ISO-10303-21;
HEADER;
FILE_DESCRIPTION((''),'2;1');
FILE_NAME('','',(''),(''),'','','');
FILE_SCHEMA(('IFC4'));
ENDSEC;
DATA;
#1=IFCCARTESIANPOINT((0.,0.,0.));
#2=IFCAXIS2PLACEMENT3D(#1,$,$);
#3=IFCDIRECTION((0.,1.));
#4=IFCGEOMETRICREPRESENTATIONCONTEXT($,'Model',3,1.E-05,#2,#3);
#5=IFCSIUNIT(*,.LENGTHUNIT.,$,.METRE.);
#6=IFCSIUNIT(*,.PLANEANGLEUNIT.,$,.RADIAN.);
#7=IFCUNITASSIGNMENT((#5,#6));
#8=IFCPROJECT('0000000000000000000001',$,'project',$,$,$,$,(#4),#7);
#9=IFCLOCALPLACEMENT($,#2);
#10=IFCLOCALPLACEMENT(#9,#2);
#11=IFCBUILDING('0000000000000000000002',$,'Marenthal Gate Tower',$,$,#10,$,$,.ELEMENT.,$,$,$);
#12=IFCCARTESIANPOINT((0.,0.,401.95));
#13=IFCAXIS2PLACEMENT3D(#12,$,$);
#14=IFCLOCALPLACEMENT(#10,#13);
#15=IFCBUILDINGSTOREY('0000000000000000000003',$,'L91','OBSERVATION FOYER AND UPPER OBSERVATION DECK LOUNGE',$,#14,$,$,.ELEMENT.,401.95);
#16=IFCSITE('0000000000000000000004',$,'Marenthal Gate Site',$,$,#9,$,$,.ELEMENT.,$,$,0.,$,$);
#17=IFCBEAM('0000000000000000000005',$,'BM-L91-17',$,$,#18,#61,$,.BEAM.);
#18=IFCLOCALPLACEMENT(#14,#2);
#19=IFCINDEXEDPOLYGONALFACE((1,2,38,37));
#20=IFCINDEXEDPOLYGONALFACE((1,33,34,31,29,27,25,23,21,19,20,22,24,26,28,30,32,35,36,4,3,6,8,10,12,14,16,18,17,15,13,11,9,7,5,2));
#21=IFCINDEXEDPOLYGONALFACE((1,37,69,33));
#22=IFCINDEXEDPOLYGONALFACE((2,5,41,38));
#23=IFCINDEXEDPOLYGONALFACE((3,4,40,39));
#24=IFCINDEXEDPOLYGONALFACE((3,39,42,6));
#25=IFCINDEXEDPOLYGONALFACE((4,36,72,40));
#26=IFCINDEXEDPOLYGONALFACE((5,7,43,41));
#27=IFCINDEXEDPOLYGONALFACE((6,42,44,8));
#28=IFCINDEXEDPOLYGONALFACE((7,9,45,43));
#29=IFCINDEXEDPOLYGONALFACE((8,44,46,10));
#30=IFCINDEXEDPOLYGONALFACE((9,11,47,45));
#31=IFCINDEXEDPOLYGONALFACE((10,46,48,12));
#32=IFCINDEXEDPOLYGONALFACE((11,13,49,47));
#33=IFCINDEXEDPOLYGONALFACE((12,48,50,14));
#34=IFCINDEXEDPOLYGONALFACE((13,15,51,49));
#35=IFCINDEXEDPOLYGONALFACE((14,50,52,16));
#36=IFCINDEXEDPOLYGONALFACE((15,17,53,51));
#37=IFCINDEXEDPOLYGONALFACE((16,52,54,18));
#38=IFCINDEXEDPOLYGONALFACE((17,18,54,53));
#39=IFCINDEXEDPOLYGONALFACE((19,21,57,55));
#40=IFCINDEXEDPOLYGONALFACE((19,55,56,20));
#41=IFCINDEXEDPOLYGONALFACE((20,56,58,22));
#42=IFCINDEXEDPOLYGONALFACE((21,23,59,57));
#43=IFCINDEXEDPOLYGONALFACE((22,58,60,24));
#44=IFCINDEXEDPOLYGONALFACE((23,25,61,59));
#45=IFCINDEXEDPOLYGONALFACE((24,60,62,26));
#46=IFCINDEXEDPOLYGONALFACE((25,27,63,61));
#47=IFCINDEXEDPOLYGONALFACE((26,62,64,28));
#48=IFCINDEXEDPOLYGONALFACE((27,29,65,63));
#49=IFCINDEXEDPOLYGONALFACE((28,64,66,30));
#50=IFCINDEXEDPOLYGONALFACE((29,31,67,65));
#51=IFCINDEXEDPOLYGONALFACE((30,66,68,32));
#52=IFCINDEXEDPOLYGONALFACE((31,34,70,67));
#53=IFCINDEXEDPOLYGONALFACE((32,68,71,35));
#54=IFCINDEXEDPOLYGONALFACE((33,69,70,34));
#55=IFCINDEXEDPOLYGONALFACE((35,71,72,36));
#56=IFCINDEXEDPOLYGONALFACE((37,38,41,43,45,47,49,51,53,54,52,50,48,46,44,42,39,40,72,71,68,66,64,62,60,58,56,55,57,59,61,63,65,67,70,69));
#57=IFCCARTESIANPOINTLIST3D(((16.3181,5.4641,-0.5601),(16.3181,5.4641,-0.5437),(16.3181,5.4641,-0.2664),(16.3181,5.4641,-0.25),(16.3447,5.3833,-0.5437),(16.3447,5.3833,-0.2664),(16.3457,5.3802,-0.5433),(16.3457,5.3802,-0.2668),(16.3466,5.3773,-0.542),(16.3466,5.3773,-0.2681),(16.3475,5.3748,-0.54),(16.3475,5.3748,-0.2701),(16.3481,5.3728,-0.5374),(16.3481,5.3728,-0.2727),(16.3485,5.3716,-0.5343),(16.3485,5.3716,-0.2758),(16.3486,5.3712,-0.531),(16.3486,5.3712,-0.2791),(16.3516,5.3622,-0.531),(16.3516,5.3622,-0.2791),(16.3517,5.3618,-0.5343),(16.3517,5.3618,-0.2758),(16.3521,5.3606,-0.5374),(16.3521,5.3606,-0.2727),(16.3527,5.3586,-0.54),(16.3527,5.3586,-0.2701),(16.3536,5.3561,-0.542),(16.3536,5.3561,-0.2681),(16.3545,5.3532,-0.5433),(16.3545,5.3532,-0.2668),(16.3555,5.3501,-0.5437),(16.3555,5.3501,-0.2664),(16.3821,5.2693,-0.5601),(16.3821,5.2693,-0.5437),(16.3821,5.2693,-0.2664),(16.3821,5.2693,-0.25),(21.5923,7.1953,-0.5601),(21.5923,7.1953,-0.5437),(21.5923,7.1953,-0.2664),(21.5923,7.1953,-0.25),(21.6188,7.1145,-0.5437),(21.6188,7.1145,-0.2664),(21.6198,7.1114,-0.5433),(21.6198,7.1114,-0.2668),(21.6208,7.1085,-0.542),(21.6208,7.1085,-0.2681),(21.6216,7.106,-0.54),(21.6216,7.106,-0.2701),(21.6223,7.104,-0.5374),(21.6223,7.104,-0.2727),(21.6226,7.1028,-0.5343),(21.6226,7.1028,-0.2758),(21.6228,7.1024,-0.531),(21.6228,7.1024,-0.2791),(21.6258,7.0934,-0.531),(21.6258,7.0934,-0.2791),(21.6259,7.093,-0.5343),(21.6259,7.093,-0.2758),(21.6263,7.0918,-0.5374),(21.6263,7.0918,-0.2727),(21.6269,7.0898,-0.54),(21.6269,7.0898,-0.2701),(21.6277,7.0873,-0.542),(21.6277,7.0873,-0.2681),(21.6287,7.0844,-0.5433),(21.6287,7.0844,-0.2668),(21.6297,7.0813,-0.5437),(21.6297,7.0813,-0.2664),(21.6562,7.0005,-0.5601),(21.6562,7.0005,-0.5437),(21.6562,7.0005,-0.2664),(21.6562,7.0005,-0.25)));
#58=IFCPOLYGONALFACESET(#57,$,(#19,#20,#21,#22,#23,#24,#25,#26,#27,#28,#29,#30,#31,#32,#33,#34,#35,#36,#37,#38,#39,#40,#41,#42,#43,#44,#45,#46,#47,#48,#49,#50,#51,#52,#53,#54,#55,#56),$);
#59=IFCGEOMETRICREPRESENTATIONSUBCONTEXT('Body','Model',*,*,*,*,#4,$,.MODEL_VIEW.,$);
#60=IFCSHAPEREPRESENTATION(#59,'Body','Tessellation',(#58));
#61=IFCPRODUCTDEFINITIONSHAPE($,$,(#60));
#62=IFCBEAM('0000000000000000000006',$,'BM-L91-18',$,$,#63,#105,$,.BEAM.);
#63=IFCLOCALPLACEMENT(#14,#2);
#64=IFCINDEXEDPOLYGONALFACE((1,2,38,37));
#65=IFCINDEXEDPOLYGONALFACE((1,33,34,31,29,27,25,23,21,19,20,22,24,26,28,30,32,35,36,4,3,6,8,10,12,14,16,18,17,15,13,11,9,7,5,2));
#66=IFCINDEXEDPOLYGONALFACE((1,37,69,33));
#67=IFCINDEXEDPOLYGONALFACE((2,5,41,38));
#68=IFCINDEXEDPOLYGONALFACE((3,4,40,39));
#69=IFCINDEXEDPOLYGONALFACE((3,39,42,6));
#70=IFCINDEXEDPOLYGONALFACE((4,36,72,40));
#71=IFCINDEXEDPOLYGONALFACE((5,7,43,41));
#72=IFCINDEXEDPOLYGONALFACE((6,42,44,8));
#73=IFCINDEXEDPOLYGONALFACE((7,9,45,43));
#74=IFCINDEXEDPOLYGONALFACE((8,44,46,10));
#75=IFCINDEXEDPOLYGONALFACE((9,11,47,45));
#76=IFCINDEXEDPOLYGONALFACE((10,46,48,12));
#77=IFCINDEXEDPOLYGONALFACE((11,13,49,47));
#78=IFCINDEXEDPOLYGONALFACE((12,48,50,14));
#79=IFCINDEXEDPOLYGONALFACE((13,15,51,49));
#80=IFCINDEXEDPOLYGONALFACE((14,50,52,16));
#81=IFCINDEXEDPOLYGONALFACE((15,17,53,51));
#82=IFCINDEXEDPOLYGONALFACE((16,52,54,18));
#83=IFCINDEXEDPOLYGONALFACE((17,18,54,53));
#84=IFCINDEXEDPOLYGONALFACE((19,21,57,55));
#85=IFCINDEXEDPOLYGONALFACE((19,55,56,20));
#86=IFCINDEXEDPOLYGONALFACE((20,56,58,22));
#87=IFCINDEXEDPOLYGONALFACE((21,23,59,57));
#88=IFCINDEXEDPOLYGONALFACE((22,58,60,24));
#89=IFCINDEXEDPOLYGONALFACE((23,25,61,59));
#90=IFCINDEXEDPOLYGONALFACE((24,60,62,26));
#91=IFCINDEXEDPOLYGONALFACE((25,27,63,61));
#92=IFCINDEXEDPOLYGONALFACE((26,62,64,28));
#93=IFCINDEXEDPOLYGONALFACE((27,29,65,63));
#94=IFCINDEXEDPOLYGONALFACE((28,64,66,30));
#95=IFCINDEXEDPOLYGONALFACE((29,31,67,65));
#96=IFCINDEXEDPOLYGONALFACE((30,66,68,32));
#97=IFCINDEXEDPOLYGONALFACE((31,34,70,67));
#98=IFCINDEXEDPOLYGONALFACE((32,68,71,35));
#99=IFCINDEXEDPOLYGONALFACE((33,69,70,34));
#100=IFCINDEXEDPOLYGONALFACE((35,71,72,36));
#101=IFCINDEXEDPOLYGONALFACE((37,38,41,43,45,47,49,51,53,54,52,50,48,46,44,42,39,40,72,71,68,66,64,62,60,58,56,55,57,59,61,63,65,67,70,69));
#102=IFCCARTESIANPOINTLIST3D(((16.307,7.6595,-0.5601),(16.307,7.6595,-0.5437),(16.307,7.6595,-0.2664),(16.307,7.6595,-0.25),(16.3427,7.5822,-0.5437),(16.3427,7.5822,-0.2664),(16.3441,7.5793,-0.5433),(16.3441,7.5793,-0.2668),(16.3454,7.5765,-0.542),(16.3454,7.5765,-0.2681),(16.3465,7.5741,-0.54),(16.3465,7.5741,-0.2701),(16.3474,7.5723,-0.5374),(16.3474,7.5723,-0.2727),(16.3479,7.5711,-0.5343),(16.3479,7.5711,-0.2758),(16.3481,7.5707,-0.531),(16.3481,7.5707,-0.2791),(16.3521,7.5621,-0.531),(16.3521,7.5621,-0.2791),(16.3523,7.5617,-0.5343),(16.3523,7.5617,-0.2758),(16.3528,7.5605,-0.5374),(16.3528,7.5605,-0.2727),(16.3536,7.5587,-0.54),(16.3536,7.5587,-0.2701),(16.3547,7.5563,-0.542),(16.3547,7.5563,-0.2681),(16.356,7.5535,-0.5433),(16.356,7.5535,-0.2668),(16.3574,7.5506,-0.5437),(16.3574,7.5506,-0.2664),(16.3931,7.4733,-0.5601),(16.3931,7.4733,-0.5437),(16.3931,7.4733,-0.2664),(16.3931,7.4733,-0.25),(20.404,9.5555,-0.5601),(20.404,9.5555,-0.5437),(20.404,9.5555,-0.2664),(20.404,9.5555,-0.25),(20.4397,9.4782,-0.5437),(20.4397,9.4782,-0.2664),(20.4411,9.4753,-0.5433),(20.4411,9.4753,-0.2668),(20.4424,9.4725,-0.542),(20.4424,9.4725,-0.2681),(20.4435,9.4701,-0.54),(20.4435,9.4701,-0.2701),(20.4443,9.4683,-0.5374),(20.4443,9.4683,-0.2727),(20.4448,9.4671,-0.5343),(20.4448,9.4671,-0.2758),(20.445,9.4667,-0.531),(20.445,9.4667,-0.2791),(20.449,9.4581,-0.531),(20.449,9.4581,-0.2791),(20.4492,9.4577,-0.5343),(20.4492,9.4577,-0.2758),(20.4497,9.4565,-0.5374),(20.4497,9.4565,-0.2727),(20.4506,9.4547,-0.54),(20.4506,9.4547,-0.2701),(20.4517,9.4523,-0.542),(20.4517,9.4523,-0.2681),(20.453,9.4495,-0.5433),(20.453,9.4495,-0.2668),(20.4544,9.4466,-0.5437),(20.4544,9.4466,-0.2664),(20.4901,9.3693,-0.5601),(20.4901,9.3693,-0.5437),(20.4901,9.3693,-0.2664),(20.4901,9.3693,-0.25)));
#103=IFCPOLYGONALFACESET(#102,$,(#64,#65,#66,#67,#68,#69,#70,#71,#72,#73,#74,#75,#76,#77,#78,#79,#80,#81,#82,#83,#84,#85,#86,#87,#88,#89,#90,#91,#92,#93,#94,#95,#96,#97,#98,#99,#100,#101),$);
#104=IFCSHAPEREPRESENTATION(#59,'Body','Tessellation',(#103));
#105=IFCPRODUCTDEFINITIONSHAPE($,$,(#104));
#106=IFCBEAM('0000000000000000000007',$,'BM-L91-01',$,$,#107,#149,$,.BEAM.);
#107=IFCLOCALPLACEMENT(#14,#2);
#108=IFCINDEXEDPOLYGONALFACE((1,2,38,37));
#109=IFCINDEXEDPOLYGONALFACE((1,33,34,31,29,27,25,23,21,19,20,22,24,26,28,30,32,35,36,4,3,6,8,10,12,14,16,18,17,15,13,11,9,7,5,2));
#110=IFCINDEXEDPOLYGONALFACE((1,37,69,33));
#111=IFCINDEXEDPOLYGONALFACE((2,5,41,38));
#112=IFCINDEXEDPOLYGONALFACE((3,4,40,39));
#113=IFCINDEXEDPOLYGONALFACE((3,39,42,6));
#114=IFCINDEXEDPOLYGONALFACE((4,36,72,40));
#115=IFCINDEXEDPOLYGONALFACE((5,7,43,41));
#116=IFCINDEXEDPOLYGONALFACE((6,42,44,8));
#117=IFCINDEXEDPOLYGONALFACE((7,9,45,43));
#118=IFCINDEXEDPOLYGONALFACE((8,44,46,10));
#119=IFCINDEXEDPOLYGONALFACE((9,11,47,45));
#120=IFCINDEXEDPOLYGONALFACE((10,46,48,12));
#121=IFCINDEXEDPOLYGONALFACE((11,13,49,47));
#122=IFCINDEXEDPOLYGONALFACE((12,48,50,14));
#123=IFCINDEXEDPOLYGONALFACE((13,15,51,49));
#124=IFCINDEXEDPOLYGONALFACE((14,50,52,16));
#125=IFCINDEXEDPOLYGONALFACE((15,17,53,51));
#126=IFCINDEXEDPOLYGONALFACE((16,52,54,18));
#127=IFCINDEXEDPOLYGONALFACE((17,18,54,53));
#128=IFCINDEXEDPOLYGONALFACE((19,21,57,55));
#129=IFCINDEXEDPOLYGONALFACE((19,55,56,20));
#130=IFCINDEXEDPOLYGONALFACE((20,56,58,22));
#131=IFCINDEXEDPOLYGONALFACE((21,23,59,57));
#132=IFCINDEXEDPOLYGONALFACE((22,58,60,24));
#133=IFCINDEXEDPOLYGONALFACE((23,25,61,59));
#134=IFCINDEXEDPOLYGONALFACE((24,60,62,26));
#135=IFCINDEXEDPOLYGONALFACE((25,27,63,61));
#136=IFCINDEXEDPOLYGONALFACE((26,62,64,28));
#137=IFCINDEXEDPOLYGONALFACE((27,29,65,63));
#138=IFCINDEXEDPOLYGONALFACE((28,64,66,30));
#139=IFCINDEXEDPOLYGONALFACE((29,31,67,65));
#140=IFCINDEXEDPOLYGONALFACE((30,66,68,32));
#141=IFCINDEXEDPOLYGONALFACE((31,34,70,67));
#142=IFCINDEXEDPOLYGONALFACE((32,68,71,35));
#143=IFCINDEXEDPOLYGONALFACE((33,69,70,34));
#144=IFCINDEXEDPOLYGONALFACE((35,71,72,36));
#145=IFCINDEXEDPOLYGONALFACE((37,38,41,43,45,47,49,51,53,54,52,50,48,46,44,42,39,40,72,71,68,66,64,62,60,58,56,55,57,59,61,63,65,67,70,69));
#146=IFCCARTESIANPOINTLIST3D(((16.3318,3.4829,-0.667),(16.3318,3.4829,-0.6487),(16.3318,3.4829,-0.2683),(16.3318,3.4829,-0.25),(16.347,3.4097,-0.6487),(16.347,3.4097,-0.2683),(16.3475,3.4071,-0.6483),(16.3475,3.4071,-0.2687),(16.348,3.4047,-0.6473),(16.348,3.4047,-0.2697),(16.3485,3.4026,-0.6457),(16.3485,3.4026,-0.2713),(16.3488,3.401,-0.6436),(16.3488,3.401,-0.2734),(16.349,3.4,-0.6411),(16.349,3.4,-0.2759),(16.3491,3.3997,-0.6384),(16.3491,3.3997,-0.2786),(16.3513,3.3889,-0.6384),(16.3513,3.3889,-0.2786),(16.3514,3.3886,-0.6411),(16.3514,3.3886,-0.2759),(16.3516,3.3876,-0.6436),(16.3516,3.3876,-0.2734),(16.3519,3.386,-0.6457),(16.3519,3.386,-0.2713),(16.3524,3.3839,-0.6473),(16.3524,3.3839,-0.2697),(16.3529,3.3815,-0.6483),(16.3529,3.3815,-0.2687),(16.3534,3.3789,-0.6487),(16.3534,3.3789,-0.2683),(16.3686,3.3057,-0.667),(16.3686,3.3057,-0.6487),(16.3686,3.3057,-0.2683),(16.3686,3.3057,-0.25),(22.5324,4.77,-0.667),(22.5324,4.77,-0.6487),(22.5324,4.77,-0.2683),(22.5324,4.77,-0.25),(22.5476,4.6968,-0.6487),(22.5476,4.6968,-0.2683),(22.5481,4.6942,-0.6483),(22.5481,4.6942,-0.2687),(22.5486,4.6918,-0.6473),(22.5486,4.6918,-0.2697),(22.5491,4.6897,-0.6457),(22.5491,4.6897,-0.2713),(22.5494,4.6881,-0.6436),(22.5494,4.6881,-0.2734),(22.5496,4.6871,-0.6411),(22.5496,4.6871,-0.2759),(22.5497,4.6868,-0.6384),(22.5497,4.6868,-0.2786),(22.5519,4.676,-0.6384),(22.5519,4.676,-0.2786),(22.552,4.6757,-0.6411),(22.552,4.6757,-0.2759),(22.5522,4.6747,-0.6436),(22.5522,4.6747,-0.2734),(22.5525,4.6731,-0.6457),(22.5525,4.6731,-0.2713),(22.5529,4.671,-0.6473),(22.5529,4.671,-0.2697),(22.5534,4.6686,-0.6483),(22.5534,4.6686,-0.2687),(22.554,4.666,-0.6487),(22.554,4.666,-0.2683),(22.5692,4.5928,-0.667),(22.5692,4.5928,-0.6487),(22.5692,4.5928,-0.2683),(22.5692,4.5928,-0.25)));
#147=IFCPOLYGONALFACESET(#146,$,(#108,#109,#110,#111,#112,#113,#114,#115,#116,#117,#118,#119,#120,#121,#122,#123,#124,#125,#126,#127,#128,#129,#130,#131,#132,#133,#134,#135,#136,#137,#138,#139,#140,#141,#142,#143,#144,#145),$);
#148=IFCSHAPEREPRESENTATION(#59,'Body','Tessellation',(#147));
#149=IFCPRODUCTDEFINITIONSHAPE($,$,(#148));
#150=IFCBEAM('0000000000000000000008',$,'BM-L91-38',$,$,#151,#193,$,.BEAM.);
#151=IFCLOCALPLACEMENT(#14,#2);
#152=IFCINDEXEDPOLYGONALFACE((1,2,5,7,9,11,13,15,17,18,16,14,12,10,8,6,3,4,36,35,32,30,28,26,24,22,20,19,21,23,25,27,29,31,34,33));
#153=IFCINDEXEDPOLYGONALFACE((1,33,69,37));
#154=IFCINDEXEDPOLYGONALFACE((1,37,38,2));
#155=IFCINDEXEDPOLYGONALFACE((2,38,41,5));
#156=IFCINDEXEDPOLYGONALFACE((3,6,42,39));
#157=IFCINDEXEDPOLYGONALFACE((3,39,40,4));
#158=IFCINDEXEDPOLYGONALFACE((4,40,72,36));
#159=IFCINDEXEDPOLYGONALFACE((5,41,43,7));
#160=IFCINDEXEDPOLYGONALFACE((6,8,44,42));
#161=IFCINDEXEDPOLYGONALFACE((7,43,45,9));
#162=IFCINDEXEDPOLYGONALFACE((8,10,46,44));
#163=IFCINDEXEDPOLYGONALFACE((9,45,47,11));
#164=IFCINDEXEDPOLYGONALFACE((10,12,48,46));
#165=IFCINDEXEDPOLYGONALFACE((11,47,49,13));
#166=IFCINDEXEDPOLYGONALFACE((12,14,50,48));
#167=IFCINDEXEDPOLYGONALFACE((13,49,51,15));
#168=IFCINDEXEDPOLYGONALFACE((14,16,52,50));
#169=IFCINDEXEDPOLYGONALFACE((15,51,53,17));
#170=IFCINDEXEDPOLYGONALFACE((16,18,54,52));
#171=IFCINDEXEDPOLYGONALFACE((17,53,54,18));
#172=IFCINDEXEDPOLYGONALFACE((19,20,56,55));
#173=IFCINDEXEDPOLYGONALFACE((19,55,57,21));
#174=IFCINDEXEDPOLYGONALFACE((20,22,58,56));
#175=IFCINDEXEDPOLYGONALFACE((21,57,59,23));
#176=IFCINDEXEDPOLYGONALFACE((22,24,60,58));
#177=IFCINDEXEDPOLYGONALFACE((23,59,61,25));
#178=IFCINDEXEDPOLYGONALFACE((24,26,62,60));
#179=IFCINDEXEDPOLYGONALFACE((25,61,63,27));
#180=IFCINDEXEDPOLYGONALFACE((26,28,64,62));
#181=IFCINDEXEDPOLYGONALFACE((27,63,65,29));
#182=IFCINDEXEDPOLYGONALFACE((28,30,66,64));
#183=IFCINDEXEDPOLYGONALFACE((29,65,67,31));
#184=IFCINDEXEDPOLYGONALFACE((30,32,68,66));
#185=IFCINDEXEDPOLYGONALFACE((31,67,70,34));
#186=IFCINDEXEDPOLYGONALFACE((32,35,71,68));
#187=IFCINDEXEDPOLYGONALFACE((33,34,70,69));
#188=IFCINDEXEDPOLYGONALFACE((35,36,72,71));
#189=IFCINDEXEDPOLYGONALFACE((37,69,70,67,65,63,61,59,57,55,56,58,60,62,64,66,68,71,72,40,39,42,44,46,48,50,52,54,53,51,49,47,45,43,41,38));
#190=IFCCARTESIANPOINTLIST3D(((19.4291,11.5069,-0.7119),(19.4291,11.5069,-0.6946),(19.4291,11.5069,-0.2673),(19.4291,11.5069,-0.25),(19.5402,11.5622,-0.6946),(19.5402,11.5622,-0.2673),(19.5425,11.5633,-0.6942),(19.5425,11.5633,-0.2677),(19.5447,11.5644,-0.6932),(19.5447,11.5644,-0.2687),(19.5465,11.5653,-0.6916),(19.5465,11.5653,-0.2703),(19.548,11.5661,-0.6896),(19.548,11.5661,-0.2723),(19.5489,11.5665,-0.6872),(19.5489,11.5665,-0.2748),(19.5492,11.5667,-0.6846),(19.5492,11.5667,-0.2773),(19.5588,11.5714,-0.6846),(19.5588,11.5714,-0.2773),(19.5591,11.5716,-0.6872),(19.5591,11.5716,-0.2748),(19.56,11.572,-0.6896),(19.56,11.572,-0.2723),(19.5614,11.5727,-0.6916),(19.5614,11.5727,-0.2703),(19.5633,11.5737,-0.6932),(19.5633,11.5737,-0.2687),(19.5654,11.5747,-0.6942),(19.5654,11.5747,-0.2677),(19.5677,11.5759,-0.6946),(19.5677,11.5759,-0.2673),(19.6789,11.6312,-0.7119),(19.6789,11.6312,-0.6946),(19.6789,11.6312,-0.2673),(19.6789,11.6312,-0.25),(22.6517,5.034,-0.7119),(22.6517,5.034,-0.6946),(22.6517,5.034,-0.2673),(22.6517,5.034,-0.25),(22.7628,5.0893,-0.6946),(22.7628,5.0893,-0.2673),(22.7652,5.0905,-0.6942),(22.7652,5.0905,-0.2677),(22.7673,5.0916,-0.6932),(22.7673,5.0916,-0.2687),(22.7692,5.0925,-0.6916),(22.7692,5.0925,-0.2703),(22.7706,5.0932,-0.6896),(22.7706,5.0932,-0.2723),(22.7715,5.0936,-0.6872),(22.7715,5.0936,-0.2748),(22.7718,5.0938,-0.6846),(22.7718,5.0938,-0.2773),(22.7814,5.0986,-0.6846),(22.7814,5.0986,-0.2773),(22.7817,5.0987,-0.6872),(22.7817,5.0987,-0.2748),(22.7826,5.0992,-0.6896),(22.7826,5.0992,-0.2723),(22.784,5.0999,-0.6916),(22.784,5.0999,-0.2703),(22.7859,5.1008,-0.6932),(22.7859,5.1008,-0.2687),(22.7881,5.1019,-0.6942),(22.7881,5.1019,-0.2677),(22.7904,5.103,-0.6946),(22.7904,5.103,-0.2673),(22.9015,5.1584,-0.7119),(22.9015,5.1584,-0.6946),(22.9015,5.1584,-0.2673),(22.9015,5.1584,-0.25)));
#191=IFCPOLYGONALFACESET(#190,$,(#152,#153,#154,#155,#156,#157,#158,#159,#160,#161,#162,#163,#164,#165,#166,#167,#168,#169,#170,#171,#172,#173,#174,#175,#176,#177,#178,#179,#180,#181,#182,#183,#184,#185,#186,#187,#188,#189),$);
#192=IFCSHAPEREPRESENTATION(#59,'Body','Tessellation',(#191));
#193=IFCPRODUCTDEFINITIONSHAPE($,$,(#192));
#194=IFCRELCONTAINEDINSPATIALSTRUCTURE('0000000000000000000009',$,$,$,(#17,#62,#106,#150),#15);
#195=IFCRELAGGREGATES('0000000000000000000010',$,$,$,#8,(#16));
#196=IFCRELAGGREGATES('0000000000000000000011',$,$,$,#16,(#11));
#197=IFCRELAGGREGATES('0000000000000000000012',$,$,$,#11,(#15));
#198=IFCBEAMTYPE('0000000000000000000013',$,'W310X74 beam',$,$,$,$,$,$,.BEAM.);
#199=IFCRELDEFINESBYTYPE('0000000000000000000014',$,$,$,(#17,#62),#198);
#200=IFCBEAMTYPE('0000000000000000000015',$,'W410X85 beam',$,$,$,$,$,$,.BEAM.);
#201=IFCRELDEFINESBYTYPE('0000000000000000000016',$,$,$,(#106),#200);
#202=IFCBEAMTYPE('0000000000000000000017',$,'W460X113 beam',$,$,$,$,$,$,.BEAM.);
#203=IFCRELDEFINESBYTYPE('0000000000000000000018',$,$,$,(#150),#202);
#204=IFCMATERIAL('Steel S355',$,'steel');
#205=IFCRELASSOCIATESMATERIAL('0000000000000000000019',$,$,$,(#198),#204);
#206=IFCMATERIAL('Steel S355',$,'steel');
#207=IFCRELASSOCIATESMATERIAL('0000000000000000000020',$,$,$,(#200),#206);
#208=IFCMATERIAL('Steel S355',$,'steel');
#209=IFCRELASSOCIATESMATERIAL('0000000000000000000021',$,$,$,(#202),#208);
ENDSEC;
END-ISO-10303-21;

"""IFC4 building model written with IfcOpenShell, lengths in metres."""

from ifc_helpers import new_model, si_unit, direction, frame, origin, origin_2d, place, context, subcontext, project, spatial, i_section, extrude, material, material_profile, profile_set, type_object, element, save


model = new_model("IFC4")

# Units and contexts
model_context = context("Model", 3, precision=1e-05, world=origin(), true_north=direction((0.0, 1.0)))
body_context = subcontext(model_context, "Body", "Model", "MODEL_VIEW")
ifc_project = project(units=[si_unit("LENGTHUNIT", "METRE"), si_unit("PLANEANGLEUNIT", "RADIAN")], contexts=[model_context])

# Site, building, storey
site_placement = place(None, origin())
site = spatial("IfcSite", under=ifc_project, at=site_placement, Name="Marenthal Gate Site", CompositionType="ELEMENT", RefElevation=0.0)
building_placement = place(site_placement, origin())
building = spatial("IfcBuilding", under=site, at=building_placement, Name="Marenthal Gate Tower", CompositionType="ELEMENT")
storey_placement = place(building_placement, frame((0.0, 0.0, 401.95)))
storey = spatial("IfcBuildingStorey", under=building, at=storey_placement, Name="L91", Description="OBSERVATION FOYER AND UPPER OBSERVATION DECK LOUNGE", CompositionType="ELEMENT", Elevation=401.95)

# Beams
ifc_material_1 = material(Name="Steel S355", Category="steel")
ifc_material_profile_1 = material_profile(ifc_material_1, i_section(OverallWidth=0.2051, OverallDepth=0.3101, WebThickness=0.0095, FlangeThickness=0.0164, FilletRadius=0.0127, at=origin_2d()), Name="W310X74")
ifc_profile_set_1 = profile_set([ifc_material_profile_1], Name="Steel S355")
beam_type_1 = type_object("IfcBeamType", Name="W310X74 beam", PredefinedType="BEAM", material=ifc_profile_set_1)
beam_1_placement = place(storey_placement, frame((21.6243, 7.0979, -0.405), z_axis=(-0.950125, -0.31187, 0.0), x_axis=(0.31187, -0.950125, 0.0)))
element("IfcBeam", 1, at=beam_1_placement, inside=storey, type_object=beam_type_1, Name="BM-L91-17", PredefinedType="BEAM", context=body_context, shape_type="SweptSolid", body=[
    extrude(i_section(OverallWidth=0.2051, OverallDepth=0.3101, WebThickness=0.0095, FlangeThickness=0.0164, FilletRadius=0.0127, at=origin_2d()), origin(), (0.0, 0.0, 1.0), 5.551),
])
beam_2_placement = place(storey_placement, frame((20.447, 9.4624, -0.405), z_axis=(-0.907528, -0.419991, 0.0), x_axis=(0.419991, -0.907528, 0.0)))
element("IfcBeam", 2, at=beam_2_placement, inside=storey, type_object=beam_type_1, Name="BM-L91-18", PredefinedType="BEAM", context=body_context, shape_type="SweptSolid", body=[
    extrude(i_section(OverallWidth=0.2051, OverallDepth=0.3101, WebThickness=0.0095, FlangeThickness=0.0164, FilletRadius=0.0127, at=origin_2d()), origin(), (0.0, 0.0, 1.0), 4.5144),
])
ifc_material_2 = material(Name="Steel S355", Category="steel")
ifc_material_profile_2 = material_profile(ifc_material_2, i_section(OverallWidth=0.1809, OverallDepth=0.417, WebThickness=0.011, FlangeThickness=0.0183, FilletRadius=0.0103, at=origin_2d()), Name="W410X85")
ifc_profile_set_2 = profile_set([ifc_material_profile_2], Name="Steel S355")
beam_type_2 = type_object("IfcBeamType", Name="W410X85 beam", PredefinedType="BEAM", material=ifc_profile_set_2)
beam_3_placement = place(storey_placement, frame((22.5508, 4.6814, -0.4585), z_axis=(-0.979128, -0.203243, 0.0), x_axis=(0.203243, -0.979128, 0.0)))
element("IfcBeam", 3, at=beam_3_placement, inside=storey, type_object=beam_type_2, Name="BM-L91-01", PredefinedType="BEAM", context=body_context, shape_type="SweptSolid", body=[
    extrude(i_section(OverallWidth=0.1809, OverallDepth=0.417, WebThickness=0.011, FlangeThickness=0.0183, FilletRadius=0.0103, at=origin_2d()), origin(), (0.0, 0.0, 1.0), 6.3328),
])
ifc_material_3 = material(Name="Steel S355", Category="steel")
ifc_material_profile_3 = material_profile(ifc_material_3, i_section(OverallWidth=0.2791, OverallDepth=0.4619, WebThickness=0.0107, FlangeThickness=0.0173, FilletRadius=0.01, at=origin_2d()), Name="W460X113")
ifc_profile_set_3 = profile_set([ifc_material_profile_3], Name="Steel S355")
beam_type_3 = type_object("IfcBeamType", Name="W460X113 beam", PredefinedType="BEAM", material=ifc_profile_set_3)
beam_4_placement = place(storey_placement, frame((22.7766, 5.0962, -0.481), z_axis=(-0.445687, 0.895189, 0.0), x_axis=(-0.895189, -0.445687, 0.0)))
element("IfcBeam", 4, at=beam_4_placement, inside=storey, type_object=beam_type_3, Name="BM-L91-38", PredefinedType="BEAM", context=body_context, shape_type="SweptSolid", body=[
    extrude(i_section(OverallWidth=0.2791, OverallDepth=0.4619, WebThickness=0.0107, FlangeThickness=0.0173, FilletRadius=0.01, at=origin_2d()), origin(), (0.0, 0.0, 1.0), 7.2307),
])

save(model, "model.ifc")
